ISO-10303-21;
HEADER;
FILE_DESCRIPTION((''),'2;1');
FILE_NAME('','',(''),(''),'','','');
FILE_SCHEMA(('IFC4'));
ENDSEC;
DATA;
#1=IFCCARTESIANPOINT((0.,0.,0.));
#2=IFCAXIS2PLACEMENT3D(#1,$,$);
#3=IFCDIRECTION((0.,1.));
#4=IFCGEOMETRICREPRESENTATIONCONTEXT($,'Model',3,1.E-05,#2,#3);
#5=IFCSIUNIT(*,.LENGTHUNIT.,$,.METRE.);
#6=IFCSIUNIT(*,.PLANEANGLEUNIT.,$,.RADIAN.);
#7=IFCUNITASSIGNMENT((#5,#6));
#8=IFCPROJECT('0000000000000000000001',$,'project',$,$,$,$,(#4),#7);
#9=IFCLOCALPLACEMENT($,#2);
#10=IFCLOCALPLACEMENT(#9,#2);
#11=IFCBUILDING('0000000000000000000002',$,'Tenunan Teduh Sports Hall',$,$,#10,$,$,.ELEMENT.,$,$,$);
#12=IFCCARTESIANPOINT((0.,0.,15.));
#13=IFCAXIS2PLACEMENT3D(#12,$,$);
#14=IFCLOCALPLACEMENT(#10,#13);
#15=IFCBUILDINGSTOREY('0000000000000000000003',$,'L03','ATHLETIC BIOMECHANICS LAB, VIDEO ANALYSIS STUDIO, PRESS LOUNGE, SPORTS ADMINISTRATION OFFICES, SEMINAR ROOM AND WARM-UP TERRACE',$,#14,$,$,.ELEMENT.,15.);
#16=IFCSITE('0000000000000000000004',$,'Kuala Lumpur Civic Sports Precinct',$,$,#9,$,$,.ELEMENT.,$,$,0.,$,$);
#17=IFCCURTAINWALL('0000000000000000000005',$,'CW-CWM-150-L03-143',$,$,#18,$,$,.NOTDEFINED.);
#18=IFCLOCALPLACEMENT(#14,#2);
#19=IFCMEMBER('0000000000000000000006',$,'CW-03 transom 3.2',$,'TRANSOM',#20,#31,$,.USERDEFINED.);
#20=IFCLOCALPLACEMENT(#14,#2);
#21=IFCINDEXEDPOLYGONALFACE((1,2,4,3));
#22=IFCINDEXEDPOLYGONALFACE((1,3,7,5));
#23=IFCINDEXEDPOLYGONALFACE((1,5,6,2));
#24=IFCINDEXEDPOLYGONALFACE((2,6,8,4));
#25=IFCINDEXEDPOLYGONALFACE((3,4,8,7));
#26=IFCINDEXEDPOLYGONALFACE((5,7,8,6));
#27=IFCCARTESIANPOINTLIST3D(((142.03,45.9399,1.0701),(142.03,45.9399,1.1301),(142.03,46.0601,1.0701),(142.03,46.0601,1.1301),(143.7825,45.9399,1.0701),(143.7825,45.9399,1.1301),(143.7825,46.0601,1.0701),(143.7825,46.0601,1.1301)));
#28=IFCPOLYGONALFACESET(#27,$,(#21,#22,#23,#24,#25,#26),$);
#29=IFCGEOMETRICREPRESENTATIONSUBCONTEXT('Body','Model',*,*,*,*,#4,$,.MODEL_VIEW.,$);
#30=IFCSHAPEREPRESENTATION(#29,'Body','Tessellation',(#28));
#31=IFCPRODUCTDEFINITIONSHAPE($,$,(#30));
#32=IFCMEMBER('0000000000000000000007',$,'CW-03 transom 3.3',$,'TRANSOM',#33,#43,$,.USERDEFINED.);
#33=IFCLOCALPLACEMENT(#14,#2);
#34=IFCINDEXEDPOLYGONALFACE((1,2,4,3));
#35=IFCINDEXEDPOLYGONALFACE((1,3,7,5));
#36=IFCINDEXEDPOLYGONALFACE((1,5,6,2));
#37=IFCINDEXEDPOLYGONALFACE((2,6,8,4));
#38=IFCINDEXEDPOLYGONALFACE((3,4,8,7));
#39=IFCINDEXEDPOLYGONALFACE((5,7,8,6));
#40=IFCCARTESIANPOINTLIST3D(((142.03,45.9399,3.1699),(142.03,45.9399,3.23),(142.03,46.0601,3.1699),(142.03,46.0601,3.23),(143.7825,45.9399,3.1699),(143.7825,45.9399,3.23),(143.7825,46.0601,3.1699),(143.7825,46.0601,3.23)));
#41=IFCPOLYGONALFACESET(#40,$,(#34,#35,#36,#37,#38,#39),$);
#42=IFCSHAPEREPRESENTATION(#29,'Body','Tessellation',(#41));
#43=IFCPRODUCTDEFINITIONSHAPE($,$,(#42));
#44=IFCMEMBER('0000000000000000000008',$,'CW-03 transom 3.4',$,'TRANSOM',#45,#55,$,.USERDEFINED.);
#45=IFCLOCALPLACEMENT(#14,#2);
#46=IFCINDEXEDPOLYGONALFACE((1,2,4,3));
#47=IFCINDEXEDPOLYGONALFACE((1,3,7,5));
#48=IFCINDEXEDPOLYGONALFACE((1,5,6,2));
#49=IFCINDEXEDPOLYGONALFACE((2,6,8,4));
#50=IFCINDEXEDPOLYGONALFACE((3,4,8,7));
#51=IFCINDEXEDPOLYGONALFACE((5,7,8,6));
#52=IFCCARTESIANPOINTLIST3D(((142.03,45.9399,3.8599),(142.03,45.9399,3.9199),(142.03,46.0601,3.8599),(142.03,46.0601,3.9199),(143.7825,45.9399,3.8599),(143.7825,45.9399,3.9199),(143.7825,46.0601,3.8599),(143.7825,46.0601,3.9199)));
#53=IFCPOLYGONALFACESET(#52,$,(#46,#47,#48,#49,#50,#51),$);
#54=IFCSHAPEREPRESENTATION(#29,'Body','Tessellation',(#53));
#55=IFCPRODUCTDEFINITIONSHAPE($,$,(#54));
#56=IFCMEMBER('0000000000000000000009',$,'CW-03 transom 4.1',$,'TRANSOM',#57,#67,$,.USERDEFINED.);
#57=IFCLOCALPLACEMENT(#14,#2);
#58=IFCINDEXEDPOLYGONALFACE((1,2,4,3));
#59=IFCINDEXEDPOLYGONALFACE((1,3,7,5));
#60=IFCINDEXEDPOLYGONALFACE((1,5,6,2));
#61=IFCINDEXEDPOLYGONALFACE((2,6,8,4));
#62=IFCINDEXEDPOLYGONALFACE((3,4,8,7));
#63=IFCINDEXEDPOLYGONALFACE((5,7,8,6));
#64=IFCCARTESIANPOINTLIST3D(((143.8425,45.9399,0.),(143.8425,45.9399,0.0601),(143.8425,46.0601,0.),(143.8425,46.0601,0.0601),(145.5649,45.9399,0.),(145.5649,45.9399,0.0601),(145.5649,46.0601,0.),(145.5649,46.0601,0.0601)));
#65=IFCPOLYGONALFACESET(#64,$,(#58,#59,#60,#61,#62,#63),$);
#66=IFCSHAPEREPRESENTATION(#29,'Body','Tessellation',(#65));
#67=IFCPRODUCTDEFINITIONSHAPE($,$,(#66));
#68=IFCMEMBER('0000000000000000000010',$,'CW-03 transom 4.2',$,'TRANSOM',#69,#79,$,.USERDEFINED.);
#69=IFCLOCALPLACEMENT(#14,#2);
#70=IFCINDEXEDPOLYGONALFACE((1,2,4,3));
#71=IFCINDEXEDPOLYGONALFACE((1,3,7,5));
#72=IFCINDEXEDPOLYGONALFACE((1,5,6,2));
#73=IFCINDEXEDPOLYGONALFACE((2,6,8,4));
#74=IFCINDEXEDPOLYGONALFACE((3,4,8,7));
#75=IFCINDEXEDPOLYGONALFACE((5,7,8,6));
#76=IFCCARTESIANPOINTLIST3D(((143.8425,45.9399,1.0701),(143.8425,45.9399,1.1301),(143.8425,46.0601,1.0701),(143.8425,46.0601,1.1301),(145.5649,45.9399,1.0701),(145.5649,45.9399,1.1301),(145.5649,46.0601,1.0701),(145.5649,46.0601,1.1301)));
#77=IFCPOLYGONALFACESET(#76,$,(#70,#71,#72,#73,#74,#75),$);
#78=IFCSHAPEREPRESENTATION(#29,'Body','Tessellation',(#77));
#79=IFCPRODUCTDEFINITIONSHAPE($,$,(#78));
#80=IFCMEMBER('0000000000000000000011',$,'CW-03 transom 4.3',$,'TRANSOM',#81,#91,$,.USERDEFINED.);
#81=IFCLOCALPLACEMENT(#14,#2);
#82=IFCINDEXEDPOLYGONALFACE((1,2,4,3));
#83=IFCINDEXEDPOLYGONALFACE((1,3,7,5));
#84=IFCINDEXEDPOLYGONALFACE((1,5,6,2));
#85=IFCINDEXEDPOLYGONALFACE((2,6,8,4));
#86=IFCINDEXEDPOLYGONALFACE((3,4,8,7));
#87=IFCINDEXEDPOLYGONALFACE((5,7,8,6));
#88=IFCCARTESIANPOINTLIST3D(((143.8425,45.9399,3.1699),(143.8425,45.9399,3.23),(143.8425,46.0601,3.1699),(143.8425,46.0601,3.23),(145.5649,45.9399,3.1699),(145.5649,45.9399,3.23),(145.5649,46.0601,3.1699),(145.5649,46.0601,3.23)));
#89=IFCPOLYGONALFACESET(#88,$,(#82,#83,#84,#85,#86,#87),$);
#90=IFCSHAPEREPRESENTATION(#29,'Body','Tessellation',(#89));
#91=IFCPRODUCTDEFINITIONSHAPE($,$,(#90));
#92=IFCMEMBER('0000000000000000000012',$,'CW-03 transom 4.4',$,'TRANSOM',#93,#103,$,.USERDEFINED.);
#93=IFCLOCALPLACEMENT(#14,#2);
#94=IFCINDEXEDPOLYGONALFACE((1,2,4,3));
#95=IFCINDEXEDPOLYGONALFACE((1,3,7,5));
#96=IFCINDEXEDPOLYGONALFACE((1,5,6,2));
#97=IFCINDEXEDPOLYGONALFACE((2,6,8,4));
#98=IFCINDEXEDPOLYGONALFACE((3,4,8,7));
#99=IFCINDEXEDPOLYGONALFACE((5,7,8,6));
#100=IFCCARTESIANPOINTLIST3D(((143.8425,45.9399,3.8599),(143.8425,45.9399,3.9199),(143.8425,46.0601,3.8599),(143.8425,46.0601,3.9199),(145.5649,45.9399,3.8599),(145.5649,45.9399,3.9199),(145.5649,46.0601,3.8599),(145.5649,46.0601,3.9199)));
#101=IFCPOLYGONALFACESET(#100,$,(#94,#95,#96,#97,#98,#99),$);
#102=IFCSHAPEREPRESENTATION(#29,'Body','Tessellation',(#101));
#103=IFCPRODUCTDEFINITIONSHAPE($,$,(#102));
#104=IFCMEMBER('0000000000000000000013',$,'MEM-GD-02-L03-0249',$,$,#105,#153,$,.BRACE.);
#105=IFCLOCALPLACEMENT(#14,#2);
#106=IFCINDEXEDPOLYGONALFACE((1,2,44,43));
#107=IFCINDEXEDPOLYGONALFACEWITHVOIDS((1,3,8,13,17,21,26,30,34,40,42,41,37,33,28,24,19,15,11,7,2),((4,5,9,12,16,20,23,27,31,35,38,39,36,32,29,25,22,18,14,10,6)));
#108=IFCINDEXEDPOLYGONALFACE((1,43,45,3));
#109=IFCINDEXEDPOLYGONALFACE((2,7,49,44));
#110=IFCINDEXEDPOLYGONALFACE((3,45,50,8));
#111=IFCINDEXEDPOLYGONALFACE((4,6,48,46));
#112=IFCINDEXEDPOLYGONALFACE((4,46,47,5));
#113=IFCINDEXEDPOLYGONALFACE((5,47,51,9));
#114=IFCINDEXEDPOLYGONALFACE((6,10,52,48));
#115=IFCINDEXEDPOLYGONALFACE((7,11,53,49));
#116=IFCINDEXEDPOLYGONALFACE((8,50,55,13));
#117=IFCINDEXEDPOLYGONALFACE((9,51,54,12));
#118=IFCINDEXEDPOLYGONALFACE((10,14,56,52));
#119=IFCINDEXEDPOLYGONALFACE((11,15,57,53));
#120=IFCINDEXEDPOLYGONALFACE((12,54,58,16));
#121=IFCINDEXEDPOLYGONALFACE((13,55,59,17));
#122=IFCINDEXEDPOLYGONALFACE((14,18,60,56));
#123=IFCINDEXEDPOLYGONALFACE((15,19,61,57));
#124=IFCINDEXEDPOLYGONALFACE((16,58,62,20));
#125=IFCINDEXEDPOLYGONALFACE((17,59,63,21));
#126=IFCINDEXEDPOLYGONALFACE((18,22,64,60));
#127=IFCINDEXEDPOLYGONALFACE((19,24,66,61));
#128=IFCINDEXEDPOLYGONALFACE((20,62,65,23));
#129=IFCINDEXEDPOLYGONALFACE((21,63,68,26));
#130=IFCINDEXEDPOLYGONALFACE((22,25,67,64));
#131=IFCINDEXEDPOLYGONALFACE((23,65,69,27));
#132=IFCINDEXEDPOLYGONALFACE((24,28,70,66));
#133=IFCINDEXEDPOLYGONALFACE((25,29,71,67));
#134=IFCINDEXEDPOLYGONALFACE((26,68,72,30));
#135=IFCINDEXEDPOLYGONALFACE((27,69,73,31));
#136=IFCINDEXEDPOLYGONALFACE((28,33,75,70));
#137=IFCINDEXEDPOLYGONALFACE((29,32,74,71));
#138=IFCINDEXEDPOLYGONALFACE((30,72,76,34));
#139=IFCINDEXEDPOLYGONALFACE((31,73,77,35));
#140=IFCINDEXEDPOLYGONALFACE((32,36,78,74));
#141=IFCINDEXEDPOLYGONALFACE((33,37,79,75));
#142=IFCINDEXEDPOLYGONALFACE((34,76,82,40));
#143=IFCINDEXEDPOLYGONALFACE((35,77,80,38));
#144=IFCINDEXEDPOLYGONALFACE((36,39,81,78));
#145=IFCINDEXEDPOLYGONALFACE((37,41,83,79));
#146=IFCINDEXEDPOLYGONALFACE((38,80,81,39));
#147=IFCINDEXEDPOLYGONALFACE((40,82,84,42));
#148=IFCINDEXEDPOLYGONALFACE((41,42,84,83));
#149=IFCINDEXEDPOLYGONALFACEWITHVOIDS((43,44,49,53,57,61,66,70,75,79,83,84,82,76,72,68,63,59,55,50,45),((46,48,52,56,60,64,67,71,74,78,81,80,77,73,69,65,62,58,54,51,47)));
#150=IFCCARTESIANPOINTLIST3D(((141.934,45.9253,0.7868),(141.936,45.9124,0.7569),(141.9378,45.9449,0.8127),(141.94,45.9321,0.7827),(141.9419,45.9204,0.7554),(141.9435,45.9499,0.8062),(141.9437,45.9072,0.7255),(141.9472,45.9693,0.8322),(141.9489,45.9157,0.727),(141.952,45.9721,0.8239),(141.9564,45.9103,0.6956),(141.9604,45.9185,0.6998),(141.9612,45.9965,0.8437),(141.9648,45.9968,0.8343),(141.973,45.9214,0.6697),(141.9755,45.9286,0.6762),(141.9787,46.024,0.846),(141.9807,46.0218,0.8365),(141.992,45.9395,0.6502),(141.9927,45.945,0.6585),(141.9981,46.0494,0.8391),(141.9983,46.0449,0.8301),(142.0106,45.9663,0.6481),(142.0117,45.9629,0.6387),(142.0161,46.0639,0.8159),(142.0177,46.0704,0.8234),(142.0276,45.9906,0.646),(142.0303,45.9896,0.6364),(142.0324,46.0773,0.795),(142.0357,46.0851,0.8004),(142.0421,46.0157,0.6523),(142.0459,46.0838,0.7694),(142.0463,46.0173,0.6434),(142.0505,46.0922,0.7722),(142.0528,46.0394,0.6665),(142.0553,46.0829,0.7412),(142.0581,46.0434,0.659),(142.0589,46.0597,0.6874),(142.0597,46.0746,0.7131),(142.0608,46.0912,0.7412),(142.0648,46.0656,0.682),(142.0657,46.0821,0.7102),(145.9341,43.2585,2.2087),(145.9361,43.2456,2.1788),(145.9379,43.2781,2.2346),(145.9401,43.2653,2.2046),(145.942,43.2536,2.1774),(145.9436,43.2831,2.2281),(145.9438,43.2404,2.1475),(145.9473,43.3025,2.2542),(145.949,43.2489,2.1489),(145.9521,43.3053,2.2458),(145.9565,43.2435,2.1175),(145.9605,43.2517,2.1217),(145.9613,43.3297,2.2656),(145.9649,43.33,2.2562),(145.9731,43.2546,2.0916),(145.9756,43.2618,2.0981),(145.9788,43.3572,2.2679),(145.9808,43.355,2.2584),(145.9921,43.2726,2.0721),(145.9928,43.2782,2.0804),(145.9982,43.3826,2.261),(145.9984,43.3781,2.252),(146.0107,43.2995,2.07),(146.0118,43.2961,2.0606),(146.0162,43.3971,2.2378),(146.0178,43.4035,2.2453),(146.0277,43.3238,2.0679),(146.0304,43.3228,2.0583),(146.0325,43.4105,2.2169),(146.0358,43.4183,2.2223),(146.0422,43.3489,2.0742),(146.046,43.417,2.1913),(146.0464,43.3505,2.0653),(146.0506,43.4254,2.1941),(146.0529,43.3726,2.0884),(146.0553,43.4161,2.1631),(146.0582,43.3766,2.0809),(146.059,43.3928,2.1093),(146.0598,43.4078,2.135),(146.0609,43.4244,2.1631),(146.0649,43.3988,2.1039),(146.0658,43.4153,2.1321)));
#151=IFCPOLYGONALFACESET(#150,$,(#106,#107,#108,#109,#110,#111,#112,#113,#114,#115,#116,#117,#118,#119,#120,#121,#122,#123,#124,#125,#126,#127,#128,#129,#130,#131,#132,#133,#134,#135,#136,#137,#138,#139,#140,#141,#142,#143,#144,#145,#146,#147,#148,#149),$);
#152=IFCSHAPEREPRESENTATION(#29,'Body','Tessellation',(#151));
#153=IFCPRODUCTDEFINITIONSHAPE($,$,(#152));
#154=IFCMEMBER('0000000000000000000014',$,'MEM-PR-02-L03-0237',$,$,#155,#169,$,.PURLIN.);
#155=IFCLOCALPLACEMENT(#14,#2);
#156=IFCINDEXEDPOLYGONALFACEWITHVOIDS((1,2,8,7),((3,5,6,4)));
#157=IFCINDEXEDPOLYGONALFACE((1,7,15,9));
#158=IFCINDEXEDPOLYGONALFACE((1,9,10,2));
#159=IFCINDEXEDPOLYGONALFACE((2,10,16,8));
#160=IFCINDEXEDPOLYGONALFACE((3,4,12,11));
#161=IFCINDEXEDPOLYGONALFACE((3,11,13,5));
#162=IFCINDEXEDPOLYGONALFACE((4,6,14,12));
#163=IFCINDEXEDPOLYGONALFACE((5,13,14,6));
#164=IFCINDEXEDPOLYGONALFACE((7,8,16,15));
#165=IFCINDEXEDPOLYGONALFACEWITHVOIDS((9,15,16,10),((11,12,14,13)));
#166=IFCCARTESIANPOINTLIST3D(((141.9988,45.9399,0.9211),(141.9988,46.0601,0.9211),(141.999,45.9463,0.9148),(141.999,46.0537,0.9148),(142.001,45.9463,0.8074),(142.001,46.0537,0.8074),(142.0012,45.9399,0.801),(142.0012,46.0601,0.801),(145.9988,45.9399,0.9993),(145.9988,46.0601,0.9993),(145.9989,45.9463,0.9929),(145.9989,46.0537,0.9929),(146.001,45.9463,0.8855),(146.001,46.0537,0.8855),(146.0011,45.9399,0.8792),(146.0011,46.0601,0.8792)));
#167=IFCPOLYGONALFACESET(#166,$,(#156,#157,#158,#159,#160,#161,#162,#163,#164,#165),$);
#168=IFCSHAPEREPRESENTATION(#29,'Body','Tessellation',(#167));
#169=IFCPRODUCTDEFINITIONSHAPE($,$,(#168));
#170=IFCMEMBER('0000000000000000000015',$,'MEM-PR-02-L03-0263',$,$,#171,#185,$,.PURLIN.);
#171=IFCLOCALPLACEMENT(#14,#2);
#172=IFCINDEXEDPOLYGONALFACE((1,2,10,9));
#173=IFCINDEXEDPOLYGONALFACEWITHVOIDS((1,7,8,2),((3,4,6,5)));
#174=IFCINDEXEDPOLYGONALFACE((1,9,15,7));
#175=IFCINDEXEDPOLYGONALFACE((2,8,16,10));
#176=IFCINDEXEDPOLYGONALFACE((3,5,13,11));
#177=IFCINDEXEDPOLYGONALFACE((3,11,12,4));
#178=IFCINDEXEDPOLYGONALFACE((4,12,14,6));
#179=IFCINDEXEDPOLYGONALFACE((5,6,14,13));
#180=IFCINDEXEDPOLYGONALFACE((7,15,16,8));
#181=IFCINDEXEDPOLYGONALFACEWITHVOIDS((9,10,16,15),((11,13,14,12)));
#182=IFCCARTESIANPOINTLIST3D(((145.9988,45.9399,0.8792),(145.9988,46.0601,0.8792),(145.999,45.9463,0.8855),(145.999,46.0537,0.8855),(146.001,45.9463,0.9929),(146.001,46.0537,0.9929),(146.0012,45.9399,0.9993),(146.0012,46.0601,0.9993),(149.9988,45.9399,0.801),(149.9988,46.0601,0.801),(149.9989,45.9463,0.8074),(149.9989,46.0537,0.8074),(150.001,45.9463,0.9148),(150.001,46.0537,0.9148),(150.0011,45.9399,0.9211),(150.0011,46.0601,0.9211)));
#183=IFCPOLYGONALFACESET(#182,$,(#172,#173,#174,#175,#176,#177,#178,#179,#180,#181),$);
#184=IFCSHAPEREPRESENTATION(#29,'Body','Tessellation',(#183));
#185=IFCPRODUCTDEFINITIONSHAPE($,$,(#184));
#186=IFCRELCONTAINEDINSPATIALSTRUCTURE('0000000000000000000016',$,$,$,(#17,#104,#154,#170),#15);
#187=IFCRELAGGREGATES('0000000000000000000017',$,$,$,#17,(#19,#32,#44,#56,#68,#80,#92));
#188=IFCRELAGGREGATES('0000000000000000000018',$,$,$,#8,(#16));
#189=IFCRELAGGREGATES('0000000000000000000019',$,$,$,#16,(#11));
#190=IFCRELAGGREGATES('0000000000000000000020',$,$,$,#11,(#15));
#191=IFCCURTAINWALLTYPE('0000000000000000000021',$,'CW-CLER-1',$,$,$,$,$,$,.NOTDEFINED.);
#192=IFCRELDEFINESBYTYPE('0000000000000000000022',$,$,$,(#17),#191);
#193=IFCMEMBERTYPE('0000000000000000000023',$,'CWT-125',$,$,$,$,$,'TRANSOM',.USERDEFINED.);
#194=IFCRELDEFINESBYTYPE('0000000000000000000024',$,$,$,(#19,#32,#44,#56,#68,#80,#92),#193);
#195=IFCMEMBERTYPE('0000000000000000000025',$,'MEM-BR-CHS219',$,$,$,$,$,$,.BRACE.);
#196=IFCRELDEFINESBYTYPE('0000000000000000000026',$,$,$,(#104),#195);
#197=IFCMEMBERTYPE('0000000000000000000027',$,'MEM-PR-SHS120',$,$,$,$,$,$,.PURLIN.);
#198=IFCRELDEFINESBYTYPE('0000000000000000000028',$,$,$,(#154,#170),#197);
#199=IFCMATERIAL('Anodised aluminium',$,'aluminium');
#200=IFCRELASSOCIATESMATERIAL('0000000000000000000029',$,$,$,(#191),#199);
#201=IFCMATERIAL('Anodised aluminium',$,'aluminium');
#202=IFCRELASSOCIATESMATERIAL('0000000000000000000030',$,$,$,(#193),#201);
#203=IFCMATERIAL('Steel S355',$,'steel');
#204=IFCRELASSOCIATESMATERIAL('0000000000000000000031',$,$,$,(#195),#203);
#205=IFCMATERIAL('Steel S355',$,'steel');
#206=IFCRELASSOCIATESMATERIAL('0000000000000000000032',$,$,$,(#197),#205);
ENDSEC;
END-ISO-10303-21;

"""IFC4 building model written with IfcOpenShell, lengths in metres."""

from ifc_helpers import new_model, si_unit, direction, frame, origin, origin_2d, place, context, subcontext, project, spatial, rectangle, hollow_rectangle, hollow_circle, extrude, material, material_profile, profile_set, type_object, element, aggregate, save


model = new_model("IFC4")

# Units and contexts
model_context = context("Model", 3, precision=1e-05, world=origin(), true_north=direction((0.0, 1.0)))
body_context = subcontext(model_context, "Body", "Model", "MODEL_VIEW")
ifc_project = project(units=[si_unit("LENGTHUNIT", "METRE"), si_unit("PLANEANGLEUNIT", "RADIAN")], contexts=[model_context])

# Site, building, storey
site_placement = place(None, origin())
site = spatial("IfcSite", under=ifc_project, at=site_placement, Name="Kuala Lumpur Civic Sports Precinct", CompositionType="ELEMENT", RefElevation=0.0)
building_placement = place(site_placement, origin())
building = spatial("IfcBuilding", under=site, at=building_placement, Name="Tenunan Teduh Sports Hall", CompositionType="ELEMENT")
storey_placement = place(building_placement, frame((0.0, 0.0, 15.0)))
storey = spatial("IfcBuildingStorey", under=building, at=storey_placement, Name="L03", Description="ATHLETIC BIOMECHANICS LAB, VIDEO ANALYSIS STUDIO, PRESS LOUNGE, SPORTS ADMINISTRATION OFFICES, SEMINAR ROOM AND WARM-UP TERRACE", CompositionType="ELEMENT", Elevation=15.0)

# Curtain wall, members
ifc_material_1 = material(Name="Anodised aluminium", Category="aluminium")
curtain_wall_type = type_object("IfcCurtainWallType", Name="CW-CLER-1", PredefinedType="NOTDEFINED", material=ifc_material_1)
curtain_wall_placement = place(storey_placement, origin())
curtain_wall = element("IfcCurtainWall", 1, at=curtain_wall_placement, inside=storey, type_object=curtain_wall_type, Name="CW-CWM-150-L03-143", PredefinedType="NOTDEFINED")
ifc_material_2 = material(Name="Anodised aluminium", Category="aluminium")
ifc_material_profile_1 = material_profile(ifc_material_2, rectangle(XDim=0.0601, YDim=0.1201, at=origin_2d()), Name="CWT 60x120")
ifc_profile_set_1 = profile_set([ifc_material_profile_1], Name="Anodised aluminium")
member_type_1 = type_object("IfcMemberType", Name="CWT-125", ElementType="TRANSOM", PredefinedType="USERDEFINED", material=ifc_profile_set_1)
member_1_placement = place(storey_placement, frame((142.03, 46.0, 1.1001), z_axis=(1.0, 0.0, 0.0), x_axis=(0.0, 0.0, 1.0)))
member_1 = element("IfcMember", 2, at=member_1_placement, type_object=member_type_1, Name="CW-03 transom 3.2", ObjectType="TRANSOM", PredefinedType="USERDEFINED", context=body_context, shape_type="SweptSolid", body=[
    extrude(rectangle(XDim=0.0601, YDim=0.1201, at=origin_2d()), origin(), (0.0, 0.0, 1.0), 1.7524),
])
member_2_placement = place(storey_placement, frame((142.03, 46.0, 3.2), z_axis=(1.0, 0.0, 0.0), x_axis=(0.0, 0.0, 1.0)))
member_2 = element("IfcMember", 3, at=member_2_placement, type_object=member_type_1, Name="CW-03 transom 3.3", ObjectType="TRANSOM", PredefinedType="USERDEFINED", context=body_context, shape_type="SweptSolid", body=[
    extrude(rectangle(XDim=0.0601, YDim=0.1201, at=origin_2d()), origin(), (0.0, 0.0, 1.0), 1.7524),
])
member_3_placement = place(storey_placement, frame((142.03, 46.0, 3.8899), z_axis=(1.0, 0.0, 0.0), x_axis=(0.0, 0.0, 1.0)))
member_3 = element("IfcMember", 4, at=member_3_placement, type_object=member_type_1, Name="CW-03 transom 3.4", ObjectType="TRANSOM", PredefinedType="USERDEFINED", context=body_context, shape_type="SweptSolid", body=[
    extrude(rectangle(XDim=0.0601, YDim=0.1201, at=origin_2d()), origin(), (0.0, 0.0, 1.0), 1.7524),
])
member_4_placement = place(storey_placement, frame((143.8425, 46.0, 0.03), z_axis=(1.0, 0.0, 0.0), x_axis=(0.0, 0.0, 1.0)))
member_4 = element("IfcMember", 5, at=member_4_placement, type_object=member_type_1, Name="CW-03 transom 4.1", ObjectType="TRANSOM", PredefinedType="USERDEFINED", context=body_context, shape_type="SweptSolid", body=[
    extrude(rectangle(XDim=0.0601, YDim=0.1201, at=origin_2d()), origin(), (0.0, 0.0, 1.0), 1.7224),
])
member_5_placement = place(storey_placement, frame((143.8425, 46.0, 1.1001), z_axis=(1.0, 0.0, 0.0), x_axis=(0.0, 0.0, 1.0)))
member_5 = element("IfcMember", 6, at=member_5_placement, type_object=member_type_1, Name="CW-03 transom 4.2", ObjectType="TRANSOM", PredefinedType="USERDEFINED", context=body_context, shape_type="SweptSolid", body=[
    extrude(rectangle(XDim=0.0601, YDim=0.1201, at=origin_2d()), origin(), (0.0, 0.0, 1.0), 1.7224),
])
member_6_placement = place(storey_placement, frame((143.8425, 46.0, 3.2), z_axis=(1.0, 0.0, 0.0), x_axis=(0.0, 0.0, 1.0)))
member_6 = element("IfcMember", 7, at=member_6_placement, type_object=member_type_1, Name="CW-03 transom 4.3", ObjectType="TRANSOM", PredefinedType="USERDEFINED", context=body_context, shape_type="SweptSolid", body=[
    extrude(rectangle(XDim=0.0601, YDim=0.1201, at=origin_2d()), origin(), (0.0, 0.0, 1.0), 1.7224),
])
member_7_placement = place(storey_placement, frame((143.8425, 46.0, 3.8899), z_axis=(1.0, 0.0, 0.0), x_axis=(0.0, 0.0, 1.0)))
member_7 = element("IfcMember", 8, at=member_7_placement, type_object=member_type_1, Name="CW-03 transom 4.4", ObjectType="TRANSOM", PredefinedType="USERDEFINED", context=body_context, shape_type="SweptSolid", body=[
    extrude(rectangle(XDim=0.0601, YDim=0.1201, at=origin_2d()), origin(), (0.0, 0.0, 1.0), 1.7224),
])

# Members
ifc_material_3 = material(Name="Steel S355", Category="steel")
ifc_material_profile_2 = material_profile(ifc_material_3, hollow_circle(Radius=0.1096, WallThickness=0.01, at=origin_2d()), Name="CHS 219.1x10.0")
ifc_profile_set_2 = profile_set([ifc_material_profile_2], Name="Steel S355")
member_type_2 = type_object("IfcMemberType", Name="MEM-BR-CHS219", PredefinedType="BRACE", material=ifc_profile_set_2)
member_8_placement = place(storey_placement, frame((142.0, 46.0, 0.7412), z_axis=(0.797876, -0.531934, 0.28362), x_axis=(0.554712, 0.832042, 0.0)))
element("IfcMember", 9, at=member_8_placement, inside=storey, type_object=member_type_2, Name="MEM-GD-02-L03-0249", PredefinedType="BRACE", context=body_context, shape_type="SweptSolid", body=[
    extrude(hollow_circle(Radius=0.1096, WallThickness=0.01, at=origin_2d()), origin(), (0.0, 0.0, 1.0), 5.0134),
])
ifc_material_4 = material(Name="Steel S355", Category="steel")
ifc_material_profile_3 = material_profile(ifc_material_4, hollow_rectangle(XDim=0.1201, YDim=0.1201, WallThickness=0.0063, at=origin_2d()), Name="SHS 120x120x6.3")
ifc_profile_set_3 = profile_set([ifc_material_profile_3], Name="Steel S355")
member_type_3 = type_object("IfcMemberType", Name="MEM-PR-SHS120", PredefinedType="PURLIN", material=ifc_profile_set_3)
for number, where, z_axis, x_axis, name in (
    (10, (142.0, 46.0, 0.8611), (0.999809, 0.0, 0.019528), (0.0, 1.0, 0.0), "MEM-PR-02-L03-0237"),
    (11, (146.0, 46.0, 0.9392), (0.999809, 0.0, -0.019528), (0.0, 1.0, 0.0), "MEM-PR-02-L03-0263"),
):
    element("IfcMember", number, at=place(storey_placement, frame(where, z_axis=z_axis, x_axis=x_axis)), inside=storey, type_object=member_type_3, Name=name, PredefinedType="PURLIN", context=body_context, shape_type="SweptSolid", body=[
        extrude(hollow_rectangle(XDim=0.1201, YDim=0.1201, WallThickness=0.0063, at=origin_2d()), origin(), (0.0, 0.0, 1.0), 4.0007),
    ])

aggregate(curtain_wall, [member_1, member_2, member_3, member_4, member_5, member_6, member_7])

save(model, "model.ifc")
